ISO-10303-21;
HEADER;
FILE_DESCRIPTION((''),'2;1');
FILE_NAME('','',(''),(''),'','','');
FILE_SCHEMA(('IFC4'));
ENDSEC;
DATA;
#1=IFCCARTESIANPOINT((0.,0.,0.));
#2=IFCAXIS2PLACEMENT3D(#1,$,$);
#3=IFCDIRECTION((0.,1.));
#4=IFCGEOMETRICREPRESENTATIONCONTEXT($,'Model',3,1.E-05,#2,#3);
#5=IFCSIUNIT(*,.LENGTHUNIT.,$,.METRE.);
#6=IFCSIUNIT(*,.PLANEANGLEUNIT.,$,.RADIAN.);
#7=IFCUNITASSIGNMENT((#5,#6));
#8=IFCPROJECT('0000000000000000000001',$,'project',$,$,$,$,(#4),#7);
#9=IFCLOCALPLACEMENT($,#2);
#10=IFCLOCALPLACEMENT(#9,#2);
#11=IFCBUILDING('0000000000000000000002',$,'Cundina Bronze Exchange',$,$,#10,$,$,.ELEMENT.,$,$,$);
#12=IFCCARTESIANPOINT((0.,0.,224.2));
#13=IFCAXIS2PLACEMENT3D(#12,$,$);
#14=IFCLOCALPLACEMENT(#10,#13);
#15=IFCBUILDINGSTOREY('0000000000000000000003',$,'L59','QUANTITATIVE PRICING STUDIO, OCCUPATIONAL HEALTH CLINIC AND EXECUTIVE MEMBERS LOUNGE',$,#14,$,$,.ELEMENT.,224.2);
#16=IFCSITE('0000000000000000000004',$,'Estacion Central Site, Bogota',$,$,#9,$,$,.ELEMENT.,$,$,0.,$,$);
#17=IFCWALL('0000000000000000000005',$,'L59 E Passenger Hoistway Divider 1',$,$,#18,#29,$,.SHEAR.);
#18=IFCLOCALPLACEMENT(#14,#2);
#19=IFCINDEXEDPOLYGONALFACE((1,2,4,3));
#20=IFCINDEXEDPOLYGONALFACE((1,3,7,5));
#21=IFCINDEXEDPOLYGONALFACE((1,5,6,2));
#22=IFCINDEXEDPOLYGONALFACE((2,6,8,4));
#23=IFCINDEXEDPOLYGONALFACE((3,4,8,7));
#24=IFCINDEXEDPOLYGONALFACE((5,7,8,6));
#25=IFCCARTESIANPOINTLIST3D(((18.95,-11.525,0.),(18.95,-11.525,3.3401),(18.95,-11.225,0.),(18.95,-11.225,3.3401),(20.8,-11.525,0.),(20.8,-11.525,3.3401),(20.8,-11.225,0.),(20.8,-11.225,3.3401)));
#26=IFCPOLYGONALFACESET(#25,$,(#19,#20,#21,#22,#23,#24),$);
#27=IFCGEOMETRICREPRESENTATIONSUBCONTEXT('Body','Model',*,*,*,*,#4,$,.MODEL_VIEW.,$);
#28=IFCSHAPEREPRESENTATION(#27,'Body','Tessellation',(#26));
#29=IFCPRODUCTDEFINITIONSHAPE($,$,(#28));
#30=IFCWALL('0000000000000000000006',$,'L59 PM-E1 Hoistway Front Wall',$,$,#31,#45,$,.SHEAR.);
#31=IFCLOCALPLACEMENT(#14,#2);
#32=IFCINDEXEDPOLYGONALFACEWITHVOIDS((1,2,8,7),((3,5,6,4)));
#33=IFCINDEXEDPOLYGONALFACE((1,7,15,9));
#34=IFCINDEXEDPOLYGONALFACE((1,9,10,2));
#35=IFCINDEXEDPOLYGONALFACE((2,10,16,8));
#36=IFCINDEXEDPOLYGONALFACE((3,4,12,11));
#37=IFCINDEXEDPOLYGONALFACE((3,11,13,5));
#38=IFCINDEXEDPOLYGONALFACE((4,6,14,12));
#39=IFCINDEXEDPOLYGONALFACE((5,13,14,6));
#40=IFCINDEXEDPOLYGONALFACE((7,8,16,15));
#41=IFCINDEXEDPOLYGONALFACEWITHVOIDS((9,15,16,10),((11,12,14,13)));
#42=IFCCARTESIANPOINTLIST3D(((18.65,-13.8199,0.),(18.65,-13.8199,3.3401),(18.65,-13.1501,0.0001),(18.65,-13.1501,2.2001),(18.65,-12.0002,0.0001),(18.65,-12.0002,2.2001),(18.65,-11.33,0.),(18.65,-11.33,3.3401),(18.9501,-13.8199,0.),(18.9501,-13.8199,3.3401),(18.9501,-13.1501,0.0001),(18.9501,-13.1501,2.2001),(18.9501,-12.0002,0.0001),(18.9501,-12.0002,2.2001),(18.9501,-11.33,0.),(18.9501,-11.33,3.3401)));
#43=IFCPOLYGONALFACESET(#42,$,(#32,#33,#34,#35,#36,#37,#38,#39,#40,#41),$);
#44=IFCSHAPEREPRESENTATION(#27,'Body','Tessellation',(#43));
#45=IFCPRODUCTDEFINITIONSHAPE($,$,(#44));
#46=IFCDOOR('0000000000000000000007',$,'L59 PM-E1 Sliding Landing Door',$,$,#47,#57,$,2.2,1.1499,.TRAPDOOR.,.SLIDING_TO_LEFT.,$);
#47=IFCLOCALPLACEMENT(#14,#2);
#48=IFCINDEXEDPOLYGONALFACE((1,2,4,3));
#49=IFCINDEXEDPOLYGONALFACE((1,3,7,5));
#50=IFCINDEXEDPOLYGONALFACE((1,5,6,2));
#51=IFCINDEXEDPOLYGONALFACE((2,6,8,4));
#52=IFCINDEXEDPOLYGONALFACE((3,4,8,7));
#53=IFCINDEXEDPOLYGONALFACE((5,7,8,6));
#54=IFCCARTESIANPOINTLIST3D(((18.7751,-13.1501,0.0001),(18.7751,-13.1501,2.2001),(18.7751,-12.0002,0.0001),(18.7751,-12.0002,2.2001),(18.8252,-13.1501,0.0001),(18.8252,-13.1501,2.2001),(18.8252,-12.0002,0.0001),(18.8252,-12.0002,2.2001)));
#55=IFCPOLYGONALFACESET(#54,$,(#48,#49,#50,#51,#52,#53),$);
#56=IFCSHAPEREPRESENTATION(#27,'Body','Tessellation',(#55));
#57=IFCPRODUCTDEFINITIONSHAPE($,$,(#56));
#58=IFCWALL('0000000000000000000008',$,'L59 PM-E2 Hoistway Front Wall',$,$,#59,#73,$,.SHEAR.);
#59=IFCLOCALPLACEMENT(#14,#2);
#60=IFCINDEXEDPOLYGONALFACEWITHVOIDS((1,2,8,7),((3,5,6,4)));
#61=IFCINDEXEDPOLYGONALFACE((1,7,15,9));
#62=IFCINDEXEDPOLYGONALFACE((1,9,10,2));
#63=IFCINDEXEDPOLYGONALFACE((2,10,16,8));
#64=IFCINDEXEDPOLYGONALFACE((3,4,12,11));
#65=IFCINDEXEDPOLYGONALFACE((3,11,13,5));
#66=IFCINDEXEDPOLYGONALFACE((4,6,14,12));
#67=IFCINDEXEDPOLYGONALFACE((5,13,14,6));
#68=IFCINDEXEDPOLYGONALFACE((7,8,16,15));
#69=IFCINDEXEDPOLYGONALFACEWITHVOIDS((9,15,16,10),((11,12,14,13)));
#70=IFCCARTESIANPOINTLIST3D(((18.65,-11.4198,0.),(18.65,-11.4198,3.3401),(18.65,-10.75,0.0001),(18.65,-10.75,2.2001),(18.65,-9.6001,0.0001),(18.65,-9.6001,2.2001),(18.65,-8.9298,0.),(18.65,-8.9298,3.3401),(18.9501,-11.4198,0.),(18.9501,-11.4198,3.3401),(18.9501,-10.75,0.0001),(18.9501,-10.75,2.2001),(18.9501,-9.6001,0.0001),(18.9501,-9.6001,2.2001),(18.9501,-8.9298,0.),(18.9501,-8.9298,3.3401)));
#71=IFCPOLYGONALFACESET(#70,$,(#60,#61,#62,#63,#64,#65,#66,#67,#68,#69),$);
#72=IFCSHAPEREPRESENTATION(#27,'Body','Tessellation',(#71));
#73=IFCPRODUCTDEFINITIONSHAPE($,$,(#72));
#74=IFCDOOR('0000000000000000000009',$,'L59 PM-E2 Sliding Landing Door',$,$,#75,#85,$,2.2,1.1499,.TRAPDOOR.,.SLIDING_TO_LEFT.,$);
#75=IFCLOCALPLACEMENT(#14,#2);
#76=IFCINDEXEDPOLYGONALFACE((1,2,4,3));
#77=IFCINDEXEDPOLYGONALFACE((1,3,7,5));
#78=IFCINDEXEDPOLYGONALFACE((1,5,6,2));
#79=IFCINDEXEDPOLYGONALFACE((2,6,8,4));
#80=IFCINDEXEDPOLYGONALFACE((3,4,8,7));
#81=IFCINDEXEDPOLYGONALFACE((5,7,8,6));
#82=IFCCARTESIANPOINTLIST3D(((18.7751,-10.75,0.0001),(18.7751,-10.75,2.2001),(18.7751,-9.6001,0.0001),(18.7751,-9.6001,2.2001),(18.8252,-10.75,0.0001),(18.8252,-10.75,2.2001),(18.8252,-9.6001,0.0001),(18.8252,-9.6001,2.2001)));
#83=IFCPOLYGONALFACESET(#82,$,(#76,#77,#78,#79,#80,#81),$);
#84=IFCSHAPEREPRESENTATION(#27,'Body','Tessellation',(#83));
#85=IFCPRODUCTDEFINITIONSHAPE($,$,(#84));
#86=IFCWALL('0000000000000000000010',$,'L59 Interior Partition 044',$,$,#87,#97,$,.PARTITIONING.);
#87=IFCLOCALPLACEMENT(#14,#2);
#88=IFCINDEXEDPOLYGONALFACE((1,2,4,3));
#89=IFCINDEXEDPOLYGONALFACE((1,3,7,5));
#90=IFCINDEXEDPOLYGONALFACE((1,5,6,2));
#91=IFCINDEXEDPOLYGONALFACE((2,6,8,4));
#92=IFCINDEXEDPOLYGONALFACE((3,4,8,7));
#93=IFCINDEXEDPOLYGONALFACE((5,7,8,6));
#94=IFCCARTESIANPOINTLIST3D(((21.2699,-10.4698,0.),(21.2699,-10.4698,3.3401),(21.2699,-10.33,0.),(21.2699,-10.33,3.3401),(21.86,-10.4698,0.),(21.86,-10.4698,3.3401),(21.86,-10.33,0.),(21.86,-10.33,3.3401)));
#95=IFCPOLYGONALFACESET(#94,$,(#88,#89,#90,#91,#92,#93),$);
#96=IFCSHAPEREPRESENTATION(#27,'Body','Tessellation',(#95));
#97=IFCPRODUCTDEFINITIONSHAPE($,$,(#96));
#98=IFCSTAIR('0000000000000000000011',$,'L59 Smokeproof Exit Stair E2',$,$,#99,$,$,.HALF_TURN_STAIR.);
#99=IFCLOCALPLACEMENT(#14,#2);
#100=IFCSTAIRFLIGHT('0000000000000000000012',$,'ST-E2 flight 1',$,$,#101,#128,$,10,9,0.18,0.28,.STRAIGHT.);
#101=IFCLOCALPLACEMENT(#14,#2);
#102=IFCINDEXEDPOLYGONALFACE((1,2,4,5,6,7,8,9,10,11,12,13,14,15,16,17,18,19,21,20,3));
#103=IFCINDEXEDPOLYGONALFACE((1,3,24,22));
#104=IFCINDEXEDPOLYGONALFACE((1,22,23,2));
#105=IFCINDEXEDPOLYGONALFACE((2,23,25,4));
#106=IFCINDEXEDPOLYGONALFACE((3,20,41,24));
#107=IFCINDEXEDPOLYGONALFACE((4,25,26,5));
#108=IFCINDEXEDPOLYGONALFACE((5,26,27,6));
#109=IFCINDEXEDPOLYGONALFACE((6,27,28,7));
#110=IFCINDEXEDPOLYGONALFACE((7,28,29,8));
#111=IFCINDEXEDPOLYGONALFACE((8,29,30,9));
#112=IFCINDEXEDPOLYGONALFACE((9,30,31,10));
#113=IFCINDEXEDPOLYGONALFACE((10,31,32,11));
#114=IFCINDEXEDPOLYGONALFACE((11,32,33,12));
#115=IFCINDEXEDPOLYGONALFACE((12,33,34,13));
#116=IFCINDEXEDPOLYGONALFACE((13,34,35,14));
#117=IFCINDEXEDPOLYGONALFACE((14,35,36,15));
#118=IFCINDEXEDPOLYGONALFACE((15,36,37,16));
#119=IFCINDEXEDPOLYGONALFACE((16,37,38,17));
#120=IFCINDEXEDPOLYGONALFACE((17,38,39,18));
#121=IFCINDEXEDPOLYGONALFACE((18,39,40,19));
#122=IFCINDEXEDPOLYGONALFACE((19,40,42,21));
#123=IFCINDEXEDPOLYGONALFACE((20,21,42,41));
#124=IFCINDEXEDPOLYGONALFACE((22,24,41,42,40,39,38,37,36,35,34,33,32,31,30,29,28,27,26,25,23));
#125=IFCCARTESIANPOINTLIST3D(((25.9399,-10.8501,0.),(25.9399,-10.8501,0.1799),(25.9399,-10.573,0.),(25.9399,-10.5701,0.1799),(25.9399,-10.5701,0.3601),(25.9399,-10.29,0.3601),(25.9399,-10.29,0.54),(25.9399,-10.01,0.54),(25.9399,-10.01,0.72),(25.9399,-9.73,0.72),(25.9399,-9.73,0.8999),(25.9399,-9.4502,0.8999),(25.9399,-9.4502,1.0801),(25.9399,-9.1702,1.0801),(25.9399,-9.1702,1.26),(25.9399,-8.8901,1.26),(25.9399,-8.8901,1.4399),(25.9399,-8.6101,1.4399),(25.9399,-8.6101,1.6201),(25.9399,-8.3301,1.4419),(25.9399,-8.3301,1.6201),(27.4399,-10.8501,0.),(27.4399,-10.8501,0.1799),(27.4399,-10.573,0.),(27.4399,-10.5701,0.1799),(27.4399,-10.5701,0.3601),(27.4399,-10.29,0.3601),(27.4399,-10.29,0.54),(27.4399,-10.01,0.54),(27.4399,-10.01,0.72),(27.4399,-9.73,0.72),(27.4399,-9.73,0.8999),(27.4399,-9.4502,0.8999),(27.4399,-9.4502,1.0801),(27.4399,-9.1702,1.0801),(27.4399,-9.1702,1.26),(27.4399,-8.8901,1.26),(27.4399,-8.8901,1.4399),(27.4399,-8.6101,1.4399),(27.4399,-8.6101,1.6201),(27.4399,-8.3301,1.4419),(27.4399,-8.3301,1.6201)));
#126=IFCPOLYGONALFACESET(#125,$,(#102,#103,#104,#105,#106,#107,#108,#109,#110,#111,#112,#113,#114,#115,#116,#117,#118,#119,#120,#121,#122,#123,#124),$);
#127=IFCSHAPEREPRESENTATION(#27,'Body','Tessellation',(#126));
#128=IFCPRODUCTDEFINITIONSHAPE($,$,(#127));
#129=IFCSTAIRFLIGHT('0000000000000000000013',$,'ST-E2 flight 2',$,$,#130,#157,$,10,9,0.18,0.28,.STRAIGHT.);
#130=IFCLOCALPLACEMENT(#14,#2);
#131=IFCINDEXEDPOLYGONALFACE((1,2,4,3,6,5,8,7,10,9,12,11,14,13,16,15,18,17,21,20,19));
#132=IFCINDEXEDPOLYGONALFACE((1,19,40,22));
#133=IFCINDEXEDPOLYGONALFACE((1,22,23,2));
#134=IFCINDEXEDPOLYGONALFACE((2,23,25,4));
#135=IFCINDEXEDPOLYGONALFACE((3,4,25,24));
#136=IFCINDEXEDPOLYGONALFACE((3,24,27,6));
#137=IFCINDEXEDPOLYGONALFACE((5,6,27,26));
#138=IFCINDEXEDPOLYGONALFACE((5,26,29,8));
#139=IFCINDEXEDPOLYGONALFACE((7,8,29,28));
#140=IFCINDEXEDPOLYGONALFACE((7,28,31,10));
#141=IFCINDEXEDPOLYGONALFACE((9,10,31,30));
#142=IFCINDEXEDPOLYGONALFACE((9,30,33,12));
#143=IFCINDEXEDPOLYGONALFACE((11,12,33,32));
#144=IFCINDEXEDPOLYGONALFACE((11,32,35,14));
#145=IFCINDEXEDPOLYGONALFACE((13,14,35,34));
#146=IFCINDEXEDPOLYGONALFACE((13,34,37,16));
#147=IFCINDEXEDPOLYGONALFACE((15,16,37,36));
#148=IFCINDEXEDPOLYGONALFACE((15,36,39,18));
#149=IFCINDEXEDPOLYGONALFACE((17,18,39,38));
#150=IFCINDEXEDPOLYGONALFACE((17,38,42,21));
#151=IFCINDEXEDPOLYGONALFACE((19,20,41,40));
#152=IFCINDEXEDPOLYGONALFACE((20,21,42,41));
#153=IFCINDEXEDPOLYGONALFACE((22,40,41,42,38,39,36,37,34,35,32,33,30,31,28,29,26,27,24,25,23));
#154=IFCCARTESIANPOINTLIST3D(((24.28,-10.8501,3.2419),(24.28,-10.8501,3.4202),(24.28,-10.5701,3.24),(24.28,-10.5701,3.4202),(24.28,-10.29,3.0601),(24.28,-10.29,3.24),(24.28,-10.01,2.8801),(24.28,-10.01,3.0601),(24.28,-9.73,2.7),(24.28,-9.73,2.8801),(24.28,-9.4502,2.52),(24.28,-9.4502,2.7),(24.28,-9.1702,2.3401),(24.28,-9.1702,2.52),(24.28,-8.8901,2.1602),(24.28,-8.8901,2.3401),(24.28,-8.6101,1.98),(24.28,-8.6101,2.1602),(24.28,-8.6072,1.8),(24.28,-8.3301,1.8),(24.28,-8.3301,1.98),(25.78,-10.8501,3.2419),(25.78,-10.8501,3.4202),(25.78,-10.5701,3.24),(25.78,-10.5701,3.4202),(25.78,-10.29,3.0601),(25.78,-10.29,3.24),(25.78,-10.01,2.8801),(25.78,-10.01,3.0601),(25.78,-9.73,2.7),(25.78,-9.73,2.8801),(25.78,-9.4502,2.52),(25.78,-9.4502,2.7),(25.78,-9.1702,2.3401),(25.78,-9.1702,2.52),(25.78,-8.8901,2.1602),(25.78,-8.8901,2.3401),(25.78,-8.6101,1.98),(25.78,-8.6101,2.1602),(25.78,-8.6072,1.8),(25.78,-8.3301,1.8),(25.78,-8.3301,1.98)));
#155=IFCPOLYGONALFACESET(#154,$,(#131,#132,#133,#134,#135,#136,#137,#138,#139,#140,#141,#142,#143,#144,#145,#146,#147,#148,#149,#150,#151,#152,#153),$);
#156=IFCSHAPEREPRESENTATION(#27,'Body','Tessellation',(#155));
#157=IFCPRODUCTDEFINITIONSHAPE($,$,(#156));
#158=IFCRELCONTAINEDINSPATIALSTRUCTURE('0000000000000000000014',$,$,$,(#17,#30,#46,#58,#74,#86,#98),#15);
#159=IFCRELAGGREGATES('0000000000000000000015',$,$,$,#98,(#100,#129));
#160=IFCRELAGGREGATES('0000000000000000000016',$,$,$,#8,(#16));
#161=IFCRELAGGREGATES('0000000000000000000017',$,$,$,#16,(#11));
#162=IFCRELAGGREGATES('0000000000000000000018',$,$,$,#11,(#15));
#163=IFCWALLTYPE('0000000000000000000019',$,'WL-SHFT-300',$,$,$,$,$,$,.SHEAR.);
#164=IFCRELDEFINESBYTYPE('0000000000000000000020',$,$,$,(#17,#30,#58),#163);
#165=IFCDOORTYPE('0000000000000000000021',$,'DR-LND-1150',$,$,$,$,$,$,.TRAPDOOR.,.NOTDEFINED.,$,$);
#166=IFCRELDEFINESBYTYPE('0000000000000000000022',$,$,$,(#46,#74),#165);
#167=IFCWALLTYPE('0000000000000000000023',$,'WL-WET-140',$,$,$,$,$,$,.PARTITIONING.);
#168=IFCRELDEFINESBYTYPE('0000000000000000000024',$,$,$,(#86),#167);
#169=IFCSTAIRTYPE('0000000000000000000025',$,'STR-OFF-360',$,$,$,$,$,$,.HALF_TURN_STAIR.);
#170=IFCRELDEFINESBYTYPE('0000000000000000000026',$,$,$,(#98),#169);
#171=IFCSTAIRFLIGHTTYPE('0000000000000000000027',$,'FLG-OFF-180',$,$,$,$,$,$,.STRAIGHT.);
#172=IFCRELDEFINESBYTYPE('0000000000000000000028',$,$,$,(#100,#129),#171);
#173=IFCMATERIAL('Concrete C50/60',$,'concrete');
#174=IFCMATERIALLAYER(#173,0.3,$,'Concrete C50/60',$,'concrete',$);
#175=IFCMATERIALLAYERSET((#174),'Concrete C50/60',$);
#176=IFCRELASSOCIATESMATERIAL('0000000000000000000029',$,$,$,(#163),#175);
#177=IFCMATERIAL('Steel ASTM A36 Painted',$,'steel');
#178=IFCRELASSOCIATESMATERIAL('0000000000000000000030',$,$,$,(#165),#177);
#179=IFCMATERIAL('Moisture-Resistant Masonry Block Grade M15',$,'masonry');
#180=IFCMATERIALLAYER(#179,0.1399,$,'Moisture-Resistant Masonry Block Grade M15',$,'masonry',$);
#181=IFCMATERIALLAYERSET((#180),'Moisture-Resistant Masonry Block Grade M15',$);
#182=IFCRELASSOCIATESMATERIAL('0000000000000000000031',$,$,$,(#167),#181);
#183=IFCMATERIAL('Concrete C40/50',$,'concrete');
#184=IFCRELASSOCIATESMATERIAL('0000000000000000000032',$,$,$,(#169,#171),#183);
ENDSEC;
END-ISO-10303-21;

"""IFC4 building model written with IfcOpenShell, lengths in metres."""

from ifc_helpers import new_model, si_unit, direction, frame, frame_2d, origin, place, context, subcontext, project, spatial, polyline, rectangle, outline, extrude, material, layer, layer_set, type_object, element, fill, aggregate, save


model = new_model("IFC4")

# Units and contexts
model_context = context("Model", 3, precision=1e-05, world=origin(), true_north=direction((0.0, 1.0)))
body_context = subcontext(model_context, "Body", "Model", "MODEL_VIEW")
ifc_project = project(units=[si_unit("LENGTHUNIT", "METRE"), si_unit("PLANEANGLEUNIT", "RADIAN")], contexts=[model_context])

# Site, building, storey
site_placement = place(None, origin())
site = spatial("IfcSite", under=ifc_project, at=site_placement, Name="Estacion Central Site, Bogota", CompositionType="ELEMENT", RefElevation=0.0)
building_placement = place(site_placement, origin())
building = spatial("IfcBuilding", under=site, at=building_placement, Name="Cundina Bronze Exchange", CompositionType="ELEMENT")
storey_placement = place(building_placement, frame((0.0, 0.0, 224.2)))
storey = spatial("IfcBuildingStorey", under=building, at=storey_placement, Name="L59", Description="QUANTITATIVE PRICING STUDIO, OCCUPATIONAL HEALTH CLINIC AND EXECUTIVE MEMBERS LOUNGE", CompositionType="ELEMENT", Elevation=224.2)

# Shared definitions
ifc_material_1 = material(Name="Concrete C50/60", Category="concrete")

# Shared definitions
ifc_layer_1 = layer(ifc_material_1, 0.3, Name="Concrete C50/60", Category="concrete")
ifc_layer_set_1 = layer_set([ifc_layer_1], Name="Concrete C50/60")
wall_type_1 = type_object("IfcWallType", Name="WL-SHFT-300", PredefinedType="SHEAR", material=ifc_layer_set_1)

# Shared definitions
ifc_material_2 = material(Name="Steel ASTM A36 Painted", Category="steel")
door_type_1 = type_object("IfcDoorType", Name="DR-LND-1150", OperationType="NOTDEFINED", PredefinedType="TRAPDOOR", material=ifc_material_2)

# Wall
wall_1_placement = place(storey_placement, frame((18.95, -11.375, 0.0), z_axis=(0.0, 0.0, 1.0), x_axis=(1.0, 0.0, 0.0)))
element("IfcWall", 1, at=wall_1_placement, inside=storey, type_object=wall_type_1, Name="L59 E Passenger Hoistway Divider 1", PredefinedType="SHEAR", context=body_context, shape_type="SweptSolid", body=[
    extrude(rectangle(XDim=1.8501, YDim=0.3, at=frame_2d((0.925, 0.0))), origin(), (0.0, 0.0, 1.0), 3.3401),
])

# Walls, openings, doors
wall_2_placement = place(storey_placement, frame((18.8, -13.8201, 0.0), z_axis=(0.0, 0.0, 1.0), x_axis=(0.0, 1.0, 0.0)))
wall_2 = element("IfcWall", 2, at=wall_2_placement, inside=storey, type_object=wall_type_1, Name="L59 PM-E1 Hoistway Front Wall", PredefinedType="SHEAR", context=body_context, shape_type="SweptSolid", body=[
    extrude(rectangle(XDim=2.49, YDim=0.3, at=frame_2d((1.2451, 0.0))), origin(), (0.0, 0.0, 1.0), 3.3401),
])
opening_1_placement = place(wall_2_placement, frame((0.6699, 0.0, 0.0)))
opening_1 = element("IfcOpeningElement", 3, at=opening_1_placement, cuts=wall_2, PredefinedType="OPENING", context=body_context, shape_type="SweptSolid", body=[
    extrude(rectangle(XDim=1.1499, YDim=2.2, at=frame_2d((0.575, 1.1001))), frame((0.0, 0.1599, 0.0), z_axis=(0.0, -1.0, 0.0), x_axis=(1.0, 0.0, 0.0)), (0.0, 0.0, 1.0), 0.3201),
])
door_1_placement = place(opening_1_placement, origin())
door_1 = element("IfcDoor", 4, at=door_1_placement, inside=storey, type_object=door_type_1, Name="L59 PM-E1 Sliding Landing Door", OperationType="SLIDING_TO_LEFT", OverallHeight=2.2, OverallWidth=1.1499, PredefinedType="TRAPDOOR", context=body_context, shape_type="SweptSolid", body=[
    extrude(rectangle(XDim=1.1499, YDim=2.2, at=frame_2d((0.575, 1.1001))), frame((0.0, 0.0249, 0.0), z_axis=(0.0, -1.0, 0.0), x_axis=(1.0, 0.0, 0.0)), (0.0, 0.0, 1.0), 0.05),
])
fill(opening_1, door_1)
wall_3_placement = place(storey_placement, frame((18.8, -11.4199, 0.0), z_axis=(0.0, 0.0, 1.0), x_axis=(0.0, 1.0, 0.0)))
wall_3 = element("IfcWall", 5, at=wall_3_placement, inside=storey, type_object=wall_type_1, Name="L59 PM-E2 Hoistway Front Wall", PredefinedType="SHEAR", context=body_context, shape_type="SweptSolid", body=[
    extrude(rectangle(XDim=2.49, YDim=0.3, at=frame_2d((1.2451, 0.0))), origin(), (0.0, 0.0, 1.0), 3.3401),
])
opening_2_placement = place(wall_3_placement, frame((0.6699, 0.0, 0.0)))
opening_2 = element("IfcOpeningElement", 6, at=opening_2_placement, cuts=wall_3, PredefinedType="OPENING", context=body_context, shape_type="SweptSolid", body=[
    extrude(rectangle(XDim=1.1499, YDim=2.2, at=frame_2d((0.575, 1.1001))), frame((0.0, 0.1599, 0.0), z_axis=(0.0, -1.0, 0.0), x_axis=(1.0, 0.0, 0.0)), (0.0, 0.0, 1.0), 0.3201),
])
door_2_placement = place(opening_2_placement, origin())
door_2 = element("IfcDoor", 7, at=door_2_placement, inside=storey, type_object=door_type_1, Name="L59 PM-E2 Sliding Landing Door", OperationType="SLIDING_TO_LEFT", OverallHeight=2.2, OverallWidth=1.1499, PredefinedType="TRAPDOOR", context=body_context, shape_type="SweptSolid", body=[
    extrude(rectangle(XDim=1.1499, YDim=2.2, at=frame_2d((0.575, 1.1001))), frame((0.0, 0.0249, 0.0), z_axis=(0.0, -1.0, 0.0), x_axis=(1.0, 0.0, 0.0)), (0.0, 0.0, 1.0), 0.05),
])
fill(opening_2, door_2)

# Wall
ifc_material_3 = material(Name="Moisture-Resistant Masonry Block Grade M15", Category="masonry")
ifc_layer_2 = layer(ifc_material_3, 0.1399, Name="Moisture-Resistant Masonry Block Grade M15", Category="masonry")
ifc_layer_set_2 = layer_set([ifc_layer_2], Name="Moisture-Resistant Masonry Block Grade M15")
wall_type_2 = type_object("IfcWallType", Name="WL-WET-140", PredefinedType="PARTITIONING", material=ifc_layer_set_2)
wall_4_placement = place(storey_placement, frame((21.27, -10.3999, 0.0), z_axis=(0.0, 0.0, 1.0), x_axis=(1.0, 0.0, 0.0)))
element("IfcWall", 8, at=wall_4_placement, inside=storey, type_object=wall_type_2, Name="L59 Interior Partition 044", PredefinedType="PARTITIONING", context=body_context, shape_type="SweptSolid", body=[
    extrude(rectangle(XDim=0.5901, YDim=0.1399, at=frame_2d((0.2949, 0.0))), origin(), (0.0, 0.0, 1.0), 3.3401),
])

# Stair, stair flights
ifc_material_4 = material(Name="Concrete C40/50", Category="concrete")
stair_type = type_object("IfcStairType", Name="STR-OFF-360", PredefinedType="HALF_TURN_STAIR", material=ifc_material_4)
stair_placement = place(storey_placement, origin())
stair = element("IfcStair", 9, at=stair_placement, inside=storey, type_object=stair_type, Name="L59 Smokeproof Exit Stair E2", PredefinedType="HALF_TURN_STAIR")
stair_flight_type = type_object("IfcStairFlightType", Name="FLG-OFF-180", PredefinedType="STRAIGHT", material=ifc_material_4)
stair_flight_1_placement = place(storey_placement, frame((26.6899, -10.8501, 0.0), z_axis=(0.0, 0.0, 1.0), x_axis=(0.0, 1.0, 0.0)))
stair_flight_1 = element("IfcStairFlight", 10, at=stair_flight_1_placement, type_object=stair_flight_type, Name="ST-E2 flight 1", NumberOfRisers=10, NumberOfTreads=9, PredefinedType="STRAIGHT", RiserHeight=0.18, TreadLength=0.28, context=body_context, shape_type="SweptSolid", body=[
    extrude(outline(polyline([(0.0, 0.0), (0.0, 0.1799), (0.28, 0.1799), (0.28, 0.3601), (0.5601, 0.3601), (0.5601, 0.54), (0.8401, 0.54), (0.8401, 0.72), (1.1201, 0.72), (1.1201, 0.8999), (1.3999, 0.8999), (1.3999, 1.0801), (1.6799, 1.0801), (1.6799, 1.26), (1.96, 1.26), (1.96, 1.4399), (2.24, 1.4399), (2.24, 1.6201), (2.52, 1.6201), (2.52, 1.8), (2.52, 1.4419), (0.2771, 0.0), (0.0, 0.0)])), frame((0.0, 0.75, 0.0), z_axis=(0.0, -1.0, 0.0), x_axis=(1.0, 0.0, 0.0)), (0.0, 0.0, 1.0), 1.5),
])
stair_flight_2_placement = place(storey_placement, frame((25.03, -8.3301, 1.8), z_axis=(0.0, 0.0, 1.0), x_axis=(0.0, -1.0, 0.0)))
stair_flight_2 = element("IfcStairFlight", 11, at=stair_flight_2_placement, type_object=stair_flight_type, Name="ST-E2 flight 2", NumberOfRisers=10, NumberOfTreads=9, PredefinedType="STRAIGHT", RiserHeight=0.18, TreadLength=0.28, context=body_context, shape_type="SweptSolid", body=[
    extrude(outline(polyline([(0.0, 0.0), (0.0, 0.1799), (0.28, 0.1799), (0.28, 0.3601), (0.5601, 0.3601), (0.5601, 0.54), (0.8401, 0.54), (0.8401, 0.72), (1.1201, 0.72), (1.1201, 0.8999), (1.3999, 0.8999), (1.3999, 1.0801), (1.6799, 1.0801), (1.6799, 1.26), (1.96, 1.26), (1.96, 1.4399), (2.24, 1.4399), (2.24, 1.6201), (2.52, 1.6201), (2.52, 1.8), (2.52, 1.4419), (0.2771, 0.0), (0.0, 0.0)])), frame((0.0, 0.75, 0.0), z_axis=(0.0, -1.0, 0.0), x_axis=(1.0, 0.0, 0.0)), (0.0, 0.0, 1.0), 1.5),
])
aggregate(stair, [stair_flight_1, stair_flight_2])

save(model, "model.ifc")
